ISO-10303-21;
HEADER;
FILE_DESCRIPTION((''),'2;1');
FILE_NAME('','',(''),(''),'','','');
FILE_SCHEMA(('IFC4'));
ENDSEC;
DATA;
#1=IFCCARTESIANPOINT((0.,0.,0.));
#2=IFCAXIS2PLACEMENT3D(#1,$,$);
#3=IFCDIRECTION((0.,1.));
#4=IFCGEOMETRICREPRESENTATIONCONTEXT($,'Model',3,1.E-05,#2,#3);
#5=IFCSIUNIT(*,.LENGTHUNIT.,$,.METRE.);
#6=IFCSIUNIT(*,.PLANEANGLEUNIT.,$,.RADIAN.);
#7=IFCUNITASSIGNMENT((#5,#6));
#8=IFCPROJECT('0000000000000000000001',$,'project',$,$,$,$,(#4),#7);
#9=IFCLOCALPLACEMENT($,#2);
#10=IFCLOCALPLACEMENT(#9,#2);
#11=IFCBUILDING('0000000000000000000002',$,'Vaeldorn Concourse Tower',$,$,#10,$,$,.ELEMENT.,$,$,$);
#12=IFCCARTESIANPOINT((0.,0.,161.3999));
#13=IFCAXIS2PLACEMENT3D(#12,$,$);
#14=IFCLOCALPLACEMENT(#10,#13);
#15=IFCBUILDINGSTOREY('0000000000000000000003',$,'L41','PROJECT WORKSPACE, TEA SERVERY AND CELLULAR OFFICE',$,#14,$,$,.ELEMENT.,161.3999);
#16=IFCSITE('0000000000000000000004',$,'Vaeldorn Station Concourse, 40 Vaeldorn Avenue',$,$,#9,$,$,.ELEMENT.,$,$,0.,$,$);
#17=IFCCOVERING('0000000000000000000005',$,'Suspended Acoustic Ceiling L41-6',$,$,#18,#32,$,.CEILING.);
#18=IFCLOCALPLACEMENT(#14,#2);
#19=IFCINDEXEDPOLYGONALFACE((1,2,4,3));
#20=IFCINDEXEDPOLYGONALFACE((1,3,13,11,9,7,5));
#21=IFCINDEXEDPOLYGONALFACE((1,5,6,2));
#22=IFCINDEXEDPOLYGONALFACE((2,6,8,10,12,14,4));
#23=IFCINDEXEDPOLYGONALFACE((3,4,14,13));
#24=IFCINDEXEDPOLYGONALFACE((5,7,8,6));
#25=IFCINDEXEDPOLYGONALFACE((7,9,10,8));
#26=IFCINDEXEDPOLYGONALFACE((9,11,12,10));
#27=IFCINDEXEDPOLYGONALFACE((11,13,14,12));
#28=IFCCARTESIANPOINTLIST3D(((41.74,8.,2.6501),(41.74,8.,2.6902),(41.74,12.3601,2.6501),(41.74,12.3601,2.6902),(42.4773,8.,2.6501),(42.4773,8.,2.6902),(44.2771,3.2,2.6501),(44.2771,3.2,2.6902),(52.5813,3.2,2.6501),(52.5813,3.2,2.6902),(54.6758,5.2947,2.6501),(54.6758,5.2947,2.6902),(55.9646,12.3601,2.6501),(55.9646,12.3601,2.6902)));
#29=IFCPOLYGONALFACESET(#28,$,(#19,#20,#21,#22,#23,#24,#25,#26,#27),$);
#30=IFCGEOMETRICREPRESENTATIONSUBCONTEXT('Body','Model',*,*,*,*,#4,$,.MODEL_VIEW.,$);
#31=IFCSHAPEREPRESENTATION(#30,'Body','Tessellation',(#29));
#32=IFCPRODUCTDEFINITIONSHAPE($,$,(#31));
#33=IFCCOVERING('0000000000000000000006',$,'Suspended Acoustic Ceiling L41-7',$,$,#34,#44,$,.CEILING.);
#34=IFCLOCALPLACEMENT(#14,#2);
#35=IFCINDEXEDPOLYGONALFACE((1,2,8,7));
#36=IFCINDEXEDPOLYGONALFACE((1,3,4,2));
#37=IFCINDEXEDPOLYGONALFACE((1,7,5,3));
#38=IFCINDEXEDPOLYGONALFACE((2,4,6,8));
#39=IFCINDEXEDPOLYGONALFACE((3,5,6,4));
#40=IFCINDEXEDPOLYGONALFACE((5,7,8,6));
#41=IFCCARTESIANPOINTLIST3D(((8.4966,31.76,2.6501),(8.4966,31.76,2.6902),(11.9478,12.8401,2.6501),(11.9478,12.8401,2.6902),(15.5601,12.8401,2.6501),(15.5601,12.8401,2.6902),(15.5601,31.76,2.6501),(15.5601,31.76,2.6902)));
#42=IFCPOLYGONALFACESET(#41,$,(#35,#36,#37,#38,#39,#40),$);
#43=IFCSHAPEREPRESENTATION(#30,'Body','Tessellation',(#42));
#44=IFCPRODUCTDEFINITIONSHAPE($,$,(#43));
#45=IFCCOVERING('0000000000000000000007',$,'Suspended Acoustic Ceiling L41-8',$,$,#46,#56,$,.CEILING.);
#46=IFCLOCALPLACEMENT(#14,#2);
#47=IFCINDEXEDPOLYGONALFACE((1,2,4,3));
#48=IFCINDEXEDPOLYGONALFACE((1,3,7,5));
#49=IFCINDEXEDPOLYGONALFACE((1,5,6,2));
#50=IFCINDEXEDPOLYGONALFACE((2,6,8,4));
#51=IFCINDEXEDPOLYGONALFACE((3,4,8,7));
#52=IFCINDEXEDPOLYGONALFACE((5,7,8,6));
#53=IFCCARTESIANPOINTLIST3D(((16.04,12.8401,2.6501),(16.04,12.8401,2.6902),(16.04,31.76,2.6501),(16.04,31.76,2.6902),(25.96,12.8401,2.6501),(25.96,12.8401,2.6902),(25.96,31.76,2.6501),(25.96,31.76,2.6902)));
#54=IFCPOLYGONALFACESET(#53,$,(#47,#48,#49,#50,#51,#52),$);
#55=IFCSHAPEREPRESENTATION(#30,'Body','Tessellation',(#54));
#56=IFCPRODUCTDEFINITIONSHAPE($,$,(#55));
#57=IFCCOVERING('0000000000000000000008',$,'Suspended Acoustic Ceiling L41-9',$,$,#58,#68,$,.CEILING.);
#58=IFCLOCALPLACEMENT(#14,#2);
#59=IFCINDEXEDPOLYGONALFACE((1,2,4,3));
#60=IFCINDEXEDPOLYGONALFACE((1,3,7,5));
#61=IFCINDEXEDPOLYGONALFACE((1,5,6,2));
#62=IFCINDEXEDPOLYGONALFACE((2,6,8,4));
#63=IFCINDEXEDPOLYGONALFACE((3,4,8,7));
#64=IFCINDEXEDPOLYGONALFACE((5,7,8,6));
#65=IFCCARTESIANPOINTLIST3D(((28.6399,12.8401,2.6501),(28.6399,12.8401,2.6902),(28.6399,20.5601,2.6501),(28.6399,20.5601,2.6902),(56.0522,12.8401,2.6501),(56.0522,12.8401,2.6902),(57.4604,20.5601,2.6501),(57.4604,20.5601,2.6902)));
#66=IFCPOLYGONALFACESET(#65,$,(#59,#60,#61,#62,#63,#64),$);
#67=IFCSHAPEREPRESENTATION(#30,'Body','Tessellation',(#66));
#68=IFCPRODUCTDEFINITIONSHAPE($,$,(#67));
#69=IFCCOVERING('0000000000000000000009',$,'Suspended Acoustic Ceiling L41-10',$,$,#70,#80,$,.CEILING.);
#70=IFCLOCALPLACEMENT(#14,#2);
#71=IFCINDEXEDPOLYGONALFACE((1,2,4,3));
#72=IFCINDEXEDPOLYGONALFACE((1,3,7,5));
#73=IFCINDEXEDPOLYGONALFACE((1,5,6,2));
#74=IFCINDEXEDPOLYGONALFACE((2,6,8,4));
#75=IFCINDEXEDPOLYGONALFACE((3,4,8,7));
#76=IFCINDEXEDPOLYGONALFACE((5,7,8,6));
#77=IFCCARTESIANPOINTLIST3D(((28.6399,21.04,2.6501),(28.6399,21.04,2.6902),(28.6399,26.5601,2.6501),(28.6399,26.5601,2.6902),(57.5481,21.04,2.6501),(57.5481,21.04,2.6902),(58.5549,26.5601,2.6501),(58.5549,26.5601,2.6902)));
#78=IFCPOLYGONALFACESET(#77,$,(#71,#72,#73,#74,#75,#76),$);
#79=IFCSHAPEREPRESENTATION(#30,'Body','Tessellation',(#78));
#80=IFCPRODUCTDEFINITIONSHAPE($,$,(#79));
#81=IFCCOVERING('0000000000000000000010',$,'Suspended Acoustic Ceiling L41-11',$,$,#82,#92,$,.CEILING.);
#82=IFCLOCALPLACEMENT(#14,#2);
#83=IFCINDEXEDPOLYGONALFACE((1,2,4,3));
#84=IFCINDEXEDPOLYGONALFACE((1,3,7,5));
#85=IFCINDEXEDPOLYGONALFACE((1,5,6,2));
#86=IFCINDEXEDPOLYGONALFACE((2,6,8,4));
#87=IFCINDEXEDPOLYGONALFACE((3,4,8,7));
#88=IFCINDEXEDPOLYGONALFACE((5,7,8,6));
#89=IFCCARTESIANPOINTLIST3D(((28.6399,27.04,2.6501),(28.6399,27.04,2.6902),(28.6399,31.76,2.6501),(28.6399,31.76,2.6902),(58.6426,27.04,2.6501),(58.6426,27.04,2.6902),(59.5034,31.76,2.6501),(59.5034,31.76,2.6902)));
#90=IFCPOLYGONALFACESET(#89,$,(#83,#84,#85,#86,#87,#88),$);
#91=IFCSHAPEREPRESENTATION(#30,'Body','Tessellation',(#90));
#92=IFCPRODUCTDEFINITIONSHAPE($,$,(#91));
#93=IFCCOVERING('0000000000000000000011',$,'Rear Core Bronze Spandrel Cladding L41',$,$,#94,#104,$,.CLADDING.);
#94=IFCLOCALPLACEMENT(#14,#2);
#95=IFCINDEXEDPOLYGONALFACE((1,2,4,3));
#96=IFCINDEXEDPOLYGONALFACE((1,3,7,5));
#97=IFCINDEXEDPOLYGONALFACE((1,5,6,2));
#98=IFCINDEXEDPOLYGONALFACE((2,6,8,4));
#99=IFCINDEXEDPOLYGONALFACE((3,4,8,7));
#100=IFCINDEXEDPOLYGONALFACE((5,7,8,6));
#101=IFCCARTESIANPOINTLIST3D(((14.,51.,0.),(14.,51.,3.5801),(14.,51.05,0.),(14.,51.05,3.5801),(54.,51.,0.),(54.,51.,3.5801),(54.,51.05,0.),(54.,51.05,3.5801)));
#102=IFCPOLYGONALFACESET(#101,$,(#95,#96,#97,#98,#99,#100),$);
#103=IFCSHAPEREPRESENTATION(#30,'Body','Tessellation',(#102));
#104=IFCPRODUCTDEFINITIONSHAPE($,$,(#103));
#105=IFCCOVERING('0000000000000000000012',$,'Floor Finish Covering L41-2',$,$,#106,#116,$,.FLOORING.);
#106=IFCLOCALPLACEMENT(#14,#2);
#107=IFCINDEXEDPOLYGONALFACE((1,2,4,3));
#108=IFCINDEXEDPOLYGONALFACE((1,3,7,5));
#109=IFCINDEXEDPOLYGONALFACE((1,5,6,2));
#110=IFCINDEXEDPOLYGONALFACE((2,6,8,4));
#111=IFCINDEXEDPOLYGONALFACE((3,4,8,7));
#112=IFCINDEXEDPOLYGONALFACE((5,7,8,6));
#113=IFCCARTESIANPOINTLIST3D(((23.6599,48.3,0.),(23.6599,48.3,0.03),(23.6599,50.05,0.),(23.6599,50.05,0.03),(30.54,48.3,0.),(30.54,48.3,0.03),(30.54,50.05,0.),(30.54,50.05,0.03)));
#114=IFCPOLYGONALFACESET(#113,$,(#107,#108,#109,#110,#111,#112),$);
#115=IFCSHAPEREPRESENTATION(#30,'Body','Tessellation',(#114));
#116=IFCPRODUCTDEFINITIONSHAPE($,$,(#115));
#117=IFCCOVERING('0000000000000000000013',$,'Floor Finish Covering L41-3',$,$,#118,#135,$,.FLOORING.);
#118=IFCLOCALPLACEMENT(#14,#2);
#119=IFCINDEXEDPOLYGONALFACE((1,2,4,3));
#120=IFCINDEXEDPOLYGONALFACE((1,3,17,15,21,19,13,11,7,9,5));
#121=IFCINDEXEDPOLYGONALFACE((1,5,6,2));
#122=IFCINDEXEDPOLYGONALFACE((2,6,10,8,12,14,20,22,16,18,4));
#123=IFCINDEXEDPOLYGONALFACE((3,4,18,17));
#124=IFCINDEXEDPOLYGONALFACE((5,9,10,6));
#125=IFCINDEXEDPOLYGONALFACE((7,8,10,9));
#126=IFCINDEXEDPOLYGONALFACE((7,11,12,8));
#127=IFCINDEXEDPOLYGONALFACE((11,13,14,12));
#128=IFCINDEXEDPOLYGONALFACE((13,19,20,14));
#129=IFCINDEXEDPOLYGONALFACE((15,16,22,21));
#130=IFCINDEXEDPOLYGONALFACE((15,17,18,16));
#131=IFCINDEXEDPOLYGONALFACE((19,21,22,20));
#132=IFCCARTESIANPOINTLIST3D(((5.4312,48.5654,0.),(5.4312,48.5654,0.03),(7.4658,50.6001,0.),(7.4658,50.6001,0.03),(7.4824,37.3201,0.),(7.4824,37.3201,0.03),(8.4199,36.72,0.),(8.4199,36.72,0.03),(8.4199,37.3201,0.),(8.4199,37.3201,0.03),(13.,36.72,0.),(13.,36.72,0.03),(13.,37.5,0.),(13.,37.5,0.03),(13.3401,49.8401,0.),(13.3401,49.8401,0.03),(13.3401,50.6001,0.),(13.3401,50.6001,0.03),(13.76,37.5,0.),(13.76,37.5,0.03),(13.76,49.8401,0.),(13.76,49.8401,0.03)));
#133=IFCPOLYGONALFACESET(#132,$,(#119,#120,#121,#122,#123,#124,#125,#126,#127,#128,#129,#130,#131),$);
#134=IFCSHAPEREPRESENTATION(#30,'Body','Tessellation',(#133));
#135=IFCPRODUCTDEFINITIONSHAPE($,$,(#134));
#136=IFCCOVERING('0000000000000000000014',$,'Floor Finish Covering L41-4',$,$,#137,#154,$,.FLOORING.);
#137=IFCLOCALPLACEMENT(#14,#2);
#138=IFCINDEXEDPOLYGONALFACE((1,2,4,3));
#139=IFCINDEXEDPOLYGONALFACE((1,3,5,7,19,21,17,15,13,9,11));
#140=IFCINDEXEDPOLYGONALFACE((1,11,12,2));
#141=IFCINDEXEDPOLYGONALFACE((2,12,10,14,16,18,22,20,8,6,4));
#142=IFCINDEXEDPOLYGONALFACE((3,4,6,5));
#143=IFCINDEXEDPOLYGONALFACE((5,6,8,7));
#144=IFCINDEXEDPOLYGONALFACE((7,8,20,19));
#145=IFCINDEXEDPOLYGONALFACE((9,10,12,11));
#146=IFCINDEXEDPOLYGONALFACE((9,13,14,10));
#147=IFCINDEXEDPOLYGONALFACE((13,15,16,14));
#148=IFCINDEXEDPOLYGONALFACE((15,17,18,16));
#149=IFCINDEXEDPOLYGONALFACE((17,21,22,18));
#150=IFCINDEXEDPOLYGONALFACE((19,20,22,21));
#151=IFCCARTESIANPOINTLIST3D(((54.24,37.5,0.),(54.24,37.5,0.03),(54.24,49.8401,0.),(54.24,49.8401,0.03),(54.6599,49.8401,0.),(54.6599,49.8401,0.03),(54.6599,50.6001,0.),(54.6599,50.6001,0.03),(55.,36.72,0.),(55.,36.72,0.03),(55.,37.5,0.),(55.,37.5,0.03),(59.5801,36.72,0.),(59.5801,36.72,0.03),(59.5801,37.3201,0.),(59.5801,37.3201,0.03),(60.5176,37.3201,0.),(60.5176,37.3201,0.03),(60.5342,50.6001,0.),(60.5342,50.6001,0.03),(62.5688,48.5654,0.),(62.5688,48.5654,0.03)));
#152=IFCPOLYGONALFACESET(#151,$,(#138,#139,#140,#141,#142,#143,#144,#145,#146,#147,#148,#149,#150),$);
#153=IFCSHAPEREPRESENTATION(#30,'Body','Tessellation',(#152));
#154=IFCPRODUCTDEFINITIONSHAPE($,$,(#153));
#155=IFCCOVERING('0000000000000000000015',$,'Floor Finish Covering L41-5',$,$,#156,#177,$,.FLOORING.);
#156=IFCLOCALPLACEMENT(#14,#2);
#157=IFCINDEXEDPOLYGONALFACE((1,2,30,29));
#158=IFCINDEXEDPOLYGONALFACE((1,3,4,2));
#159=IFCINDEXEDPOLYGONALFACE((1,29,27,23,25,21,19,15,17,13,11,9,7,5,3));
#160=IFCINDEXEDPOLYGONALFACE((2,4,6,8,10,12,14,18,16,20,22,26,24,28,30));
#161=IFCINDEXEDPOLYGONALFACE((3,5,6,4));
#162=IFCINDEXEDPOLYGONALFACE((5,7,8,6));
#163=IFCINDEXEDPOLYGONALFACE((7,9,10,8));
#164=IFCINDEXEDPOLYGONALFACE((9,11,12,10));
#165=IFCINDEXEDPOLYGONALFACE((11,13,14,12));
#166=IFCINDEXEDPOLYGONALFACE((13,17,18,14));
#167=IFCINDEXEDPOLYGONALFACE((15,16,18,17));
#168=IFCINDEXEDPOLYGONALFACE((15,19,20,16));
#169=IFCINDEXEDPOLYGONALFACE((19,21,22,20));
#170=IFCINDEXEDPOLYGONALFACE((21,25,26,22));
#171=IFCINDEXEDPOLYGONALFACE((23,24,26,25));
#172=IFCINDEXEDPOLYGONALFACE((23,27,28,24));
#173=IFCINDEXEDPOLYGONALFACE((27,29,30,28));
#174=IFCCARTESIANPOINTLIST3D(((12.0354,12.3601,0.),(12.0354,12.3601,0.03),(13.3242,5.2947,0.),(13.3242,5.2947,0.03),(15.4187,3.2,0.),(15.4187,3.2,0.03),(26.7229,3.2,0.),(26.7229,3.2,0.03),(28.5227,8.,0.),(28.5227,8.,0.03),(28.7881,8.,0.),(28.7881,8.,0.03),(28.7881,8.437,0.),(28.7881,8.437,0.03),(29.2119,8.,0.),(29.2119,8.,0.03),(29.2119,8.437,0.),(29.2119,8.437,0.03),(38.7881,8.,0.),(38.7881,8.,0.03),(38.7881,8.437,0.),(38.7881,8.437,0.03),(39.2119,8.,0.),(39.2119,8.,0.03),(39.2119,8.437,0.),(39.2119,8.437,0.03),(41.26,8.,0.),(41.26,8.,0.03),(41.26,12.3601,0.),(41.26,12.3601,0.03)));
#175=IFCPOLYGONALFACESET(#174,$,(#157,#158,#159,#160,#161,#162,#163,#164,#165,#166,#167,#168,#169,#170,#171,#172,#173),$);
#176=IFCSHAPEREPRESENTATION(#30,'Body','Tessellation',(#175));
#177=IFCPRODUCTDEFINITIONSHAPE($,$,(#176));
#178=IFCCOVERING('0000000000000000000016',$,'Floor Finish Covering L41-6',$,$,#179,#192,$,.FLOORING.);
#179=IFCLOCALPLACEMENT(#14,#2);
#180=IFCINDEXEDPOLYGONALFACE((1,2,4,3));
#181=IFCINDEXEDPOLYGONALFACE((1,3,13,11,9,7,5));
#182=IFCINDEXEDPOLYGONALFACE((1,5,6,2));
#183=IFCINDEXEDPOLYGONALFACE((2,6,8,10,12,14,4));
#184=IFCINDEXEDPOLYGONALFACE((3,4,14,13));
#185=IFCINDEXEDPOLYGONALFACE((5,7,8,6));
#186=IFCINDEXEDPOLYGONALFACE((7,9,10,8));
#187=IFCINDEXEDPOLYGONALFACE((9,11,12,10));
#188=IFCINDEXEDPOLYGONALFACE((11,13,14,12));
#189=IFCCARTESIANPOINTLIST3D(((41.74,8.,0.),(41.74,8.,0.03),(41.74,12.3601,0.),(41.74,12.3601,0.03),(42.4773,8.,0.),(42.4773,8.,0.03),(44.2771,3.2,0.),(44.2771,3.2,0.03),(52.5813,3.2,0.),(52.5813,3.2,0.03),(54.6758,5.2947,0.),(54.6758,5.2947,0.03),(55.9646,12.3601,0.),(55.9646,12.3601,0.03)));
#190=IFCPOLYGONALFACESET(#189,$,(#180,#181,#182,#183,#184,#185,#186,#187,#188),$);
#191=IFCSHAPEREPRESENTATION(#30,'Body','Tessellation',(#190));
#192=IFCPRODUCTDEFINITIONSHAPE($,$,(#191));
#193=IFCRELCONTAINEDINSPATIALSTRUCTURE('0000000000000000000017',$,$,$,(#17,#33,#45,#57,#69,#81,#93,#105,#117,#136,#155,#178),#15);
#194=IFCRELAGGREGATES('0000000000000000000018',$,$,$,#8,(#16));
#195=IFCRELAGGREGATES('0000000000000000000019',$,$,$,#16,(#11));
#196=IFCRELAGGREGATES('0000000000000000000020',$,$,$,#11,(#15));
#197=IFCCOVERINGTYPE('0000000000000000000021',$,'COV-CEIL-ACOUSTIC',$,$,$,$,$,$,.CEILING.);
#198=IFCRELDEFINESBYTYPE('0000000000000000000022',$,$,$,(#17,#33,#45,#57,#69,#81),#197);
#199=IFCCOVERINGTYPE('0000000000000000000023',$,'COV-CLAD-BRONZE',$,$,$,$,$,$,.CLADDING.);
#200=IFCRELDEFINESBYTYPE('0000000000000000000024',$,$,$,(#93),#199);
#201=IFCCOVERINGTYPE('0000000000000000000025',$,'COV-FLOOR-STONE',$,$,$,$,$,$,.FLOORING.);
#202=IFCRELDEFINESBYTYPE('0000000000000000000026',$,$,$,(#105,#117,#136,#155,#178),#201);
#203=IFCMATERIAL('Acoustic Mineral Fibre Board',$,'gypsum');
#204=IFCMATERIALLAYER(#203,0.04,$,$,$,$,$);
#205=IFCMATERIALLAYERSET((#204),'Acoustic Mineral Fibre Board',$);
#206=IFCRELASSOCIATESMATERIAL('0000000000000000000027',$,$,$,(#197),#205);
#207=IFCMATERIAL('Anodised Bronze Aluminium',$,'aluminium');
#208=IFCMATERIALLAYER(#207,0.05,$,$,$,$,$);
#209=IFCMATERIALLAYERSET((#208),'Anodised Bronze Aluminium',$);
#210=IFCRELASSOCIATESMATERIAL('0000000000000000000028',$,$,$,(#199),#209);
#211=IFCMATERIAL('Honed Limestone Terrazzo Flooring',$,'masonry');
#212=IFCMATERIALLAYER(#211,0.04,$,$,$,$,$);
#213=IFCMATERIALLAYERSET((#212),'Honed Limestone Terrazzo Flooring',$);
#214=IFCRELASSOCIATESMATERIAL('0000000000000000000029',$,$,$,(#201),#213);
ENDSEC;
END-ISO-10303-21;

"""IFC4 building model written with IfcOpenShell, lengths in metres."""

from ifc_helpers import new_model, si_unit, direction, frame, origin, place, context, subcontext, project, spatial, polyline, outline, extrude, material, layer, layer_set, type_object, element, save


model = new_model("IFC4")

# Units and contexts
model_context = context("Model", 3, precision=1e-05, world=origin(), true_north=direction((0.0, 1.0)))
body_context = subcontext(model_context, "Body", "Model", "MODEL_VIEW")
ifc_project = project(units=[si_unit("LENGTHUNIT", "METRE"), si_unit("PLANEANGLEUNIT", "RADIAN")], contexts=[model_context])

# Site, building, storey
site_placement = place(None, origin())
site = spatial("IfcSite", under=ifc_project, at=site_placement, Name="Vaeldorn Station Concourse, 40 Vaeldorn Avenue", CompositionType="ELEMENT", RefElevation=0.0)
building_placement = place(site_placement, origin())
building = spatial("IfcBuilding", under=site, at=building_placement, Name="Vaeldorn Concourse Tower", CompositionType="ELEMENT")
storey_placement = place(building_placement, frame((0.0, 0.0, 161.3999)))
storey = spatial("IfcBuildingStorey", under=building, at=storey_placement, Name="L41", Description="PROJECT WORKSPACE, TEA SERVERY AND CELLULAR OFFICE", CompositionType="ELEMENT", Elevation=161.3999)

# Coverings
ifc_material_1 = material(Name="Acoustic Mineral Fibre Board", Category="gypsum")
ifc_layer_1 = layer(ifc_material_1, 0.04)
ifc_layer_set_1 = layer_set([ifc_layer_1], Name="Acoustic Mineral Fibre Board")
covering_type_1 = type_object("IfcCoveringType", Name="COV-CEIL-ACOUSTIC", PredefinedType="CEILING", material=ifc_layer_set_1)
covering_1_placement = place(storey_placement, frame((0.0, 0.0, 2.6501)))
element("IfcCovering", 1, at=covering_1_placement, inside=storey, type_object=covering_type_1, Name="Suspended Acoustic Ceiling L41-6", PredefinedType="CEILING", context=body_context, shape_type="SweptSolid", body=[
    extrude(outline(polyline([(41.74, 8.0), (41.74, 12.3601), (55.9646, 12.3601), (54.6758, 5.2947), (52.5813, 3.2), (44.2771, 3.2), (42.4773, 8.0), (41.74, 8.0)])), origin(), (0.0, 0.0, 1.0), 0.04),
])
covering_2_placement = place(storey_placement, frame((0.0, 0.0, 2.6501)))
element("IfcCovering", 2, at=covering_2_placement, inside=storey, type_object=covering_type_1, Name="Suspended Acoustic Ceiling L41-7", PredefinedType="CEILING", context=body_context, shape_type="SweptSolid", body=[
    extrude(outline(polyline([(15.5601, 31.76), (15.5601, 12.8401), (11.9478, 12.8401), (8.4966, 31.76), (15.5601, 31.76)])), origin(), (0.0, 0.0, 1.0), 0.04),
])
covering_3_placement = place(storey_placement, frame((0.0, 0.0, 2.6501)))
element("IfcCovering", 3, at=covering_3_placement, inside=storey, type_object=covering_type_1, Name="Suspended Acoustic Ceiling L41-8", PredefinedType="CEILING", context=body_context, shape_type="SweptSolid", body=[
    extrude(outline(polyline([(16.04, 31.76), (25.96, 31.76), (25.96, 12.8401), (16.04, 12.8401), (16.04, 31.76)])), origin(), (0.0, 0.0, 1.0), 0.04),
])
covering_4_placement = place(storey_placement, frame((0.0, 0.0, 2.6501)))
element("IfcCovering", 4, at=covering_4_placement, inside=storey, type_object=covering_type_1, Name="Suspended Acoustic Ceiling L41-9", PredefinedType="CEILING", context=body_context, shape_type="SweptSolid", body=[
    extrude(outline(polyline([(28.6399, 12.8401), (28.6399, 20.5601), (57.4604, 20.5601), (56.0522, 12.8401), (28.6399, 12.8401)])), origin(), (0.0, 0.0, 1.0), 0.04),
])
covering_5_placement = place(storey_placement, frame((0.0, 0.0, 2.6501)))
element("IfcCovering", 5, at=covering_5_placement, inside=storey, type_object=covering_type_1, Name="Suspended Acoustic Ceiling L41-10", PredefinedType="CEILING", context=body_context, shape_type="SweptSolid", body=[
    extrude(outline(polyline([(28.6399, 21.04), (28.6399, 26.5601), (58.5549, 26.5601), (57.5481, 21.04), (28.6399, 21.04)])), origin(), (0.0, 0.0, 1.0), 0.04),
])
covering_6_placement = place(storey_placement, frame((0.0, 0.0, 2.6501)))
element("IfcCovering", 6, at=covering_6_placement, inside=storey, type_object=covering_type_1, Name="Suspended Acoustic Ceiling L41-11", PredefinedType="CEILING", context=body_context, shape_type="SweptSolid", body=[
    extrude(outline(polyline([(28.6399, 31.76), (59.5034, 31.76), (58.6426, 27.04), (28.6399, 27.04), (28.6399, 31.76)])), origin(), (0.0, 0.0, 1.0), 0.04),
])
ifc_material_2 = material(Name="Anodised Bronze Aluminium", Category="aluminium")
ifc_layer_2 = layer(ifc_material_2, 0.05)
ifc_layer_set_2 = layer_set([ifc_layer_2], Name="Anodised Bronze Aluminium")
covering_type_2 = type_object("IfcCoveringType", Name="COV-CLAD-BRONZE", PredefinedType="CLADDING", material=ifc_layer_set_2)
covering_7_placement = place(storey_placement, origin())
element("IfcCovering", 7, at=covering_7_placement, inside=storey, type_object=covering_type_2, Name="Rear Core Bronze Spandrel Cladding L41", PredefinedType="CLADDING", context=body_context, shape_type="SweptSolid", body=[
    extrude(outline(polyline([(14.0, 51.0), (54.0, 51.0), (54.0, 51.05), (14.0, 51.05), (14.0, 51.0)])), origin(), (0.0, 0.0, 1.0), 3.5801),
])
ifc_material_3 = material(Name="Honed Limestone Terrazzo Flooring", Category="masonry")
ifc_layer_3 = layer(ifc_material_3, 0.04)
ifc_layer_set_3 = layer_set([ifc_layer_3], Name="Honed Limestone Terrazzo Flooring")
covering_type_3 = type_object("IfcCoveringType", Name="COV-FLOOR-STONE", PredefinedType="FLOORING", material=ifc_layer_set_3)
covering_8_placement = place(storey_placement, origin())
element("IfcCovering", 8, at=covering_8_placement, inside=storey, type_object=covering_type_3, Name="Floor Finish Covering L41-2", PredefinedType="FLOORING", context=body_context, shape_type="SweptSolid", body=[
    extrude(outline(polyline([(30.54, 50.05), (30.54, 48.3), (23.6599, 48.3), (23.6599, 50.05), (30.54, 50.05)])), origin(), (0.0, 0.0, 1.0), 0.03),
])
covering_9_placement = place(storey_placement, origin())
element("IfcCovering", 9, at=covering_9_placement, inside=storey, type_object=covering_type_3, Name="Floor Finish Covering L41-3", PredefinedType="FLOORING", context=body_context, shape_type="SweptSolid", body=[
    extrude(outline(polyline([(7.4658, 50.6001), (13.3401, 50.6001), (13.3401, 49.8401), (13.76, 49.8401), (13.76, 37.5), (13.0, 37.5), (13.0, 36.72), (8.4199, 36.72), (8.4199, 37.3201), (7.4824, 37.3201), (5.4312, 48.5654), (7.4658, 50.6001)])), origin(), (0.0, 0.0, 1.0), 0.03),
])
covering_10_placement = place(storey_placement, origin())
element("IfcCovering", 10, at=covering_10_placement, inside=storey, type_object=covering_type_3, Name="Floor Finish Covering L41-4", PredefinedType="FLOORING", context=body_context, shape_type="SweptSolid", body=[
    extrude(outline(polyline([(54.6599, 49.8401), (54.6599, 50.6001), (60.5342, 50.6001), (62.5688, 48.5654), (60.5176, 37.3201), (59.5801, 37.3201), (59.5801, 36.72), (55.0, 36.72), (55.0, 37.5), (54.24, 37.5), (54.24, 49.8401), (54.6599, 49.8401)])), origin(), (0.0, 0.0, 1.0), 0.03),
])
covering_11_placement = place(storey_placement, origin())
element("IfcCovering", 11, at=covering_11_placement, inside=storey, type_object=covering_type_3, Name="Floor Finish Covering L41-5", PredefinedType="FLOORING", context=body_context, shape_type="SweptSolid", body=[
    extrude(outline(polyline([(41.26, 12.3601), (41.26, 8.0), (39.2119, 8.0), (39.2119, 8.437), (38.7881, 8.437), (38.7881, 8.0), (29.2119, 8.0), (29.2119, 8.437), (28.7881, 8.437), (28.7881, 8.0), (28.5227, 8.0), (26.7229, 3.2), (15.4187, 3.2), (13.3242, 5.2947), (12.0354, 12.3601), (41.26, 12.3601)])), origin(), (0.0, 0.0, 1.0), 0.03),
])
covering_12_placement = place(storey_placement, origin())
element("IfcCovering", 12, at=covering_12_placement, inside=storey, type_object=covering_type_3, Name="Floor Finish Covering L41-6", PredefinedType="FLOORING", context=body_context, shape_type="SweptSolid", body=[
    extrude(outline(polyline([(41.74, 8.0), (41.74, 12.3601), (55.9646, 12.3601), (54.6758, 5.2947), (52.5813, 3.2), (44.2771, 3.2), (42.4773, 8.0), (41.74, 8.0)])), origin(), (0.0, 0.0, 1.0), 0.03),
])

save(model, "model.ifc")
